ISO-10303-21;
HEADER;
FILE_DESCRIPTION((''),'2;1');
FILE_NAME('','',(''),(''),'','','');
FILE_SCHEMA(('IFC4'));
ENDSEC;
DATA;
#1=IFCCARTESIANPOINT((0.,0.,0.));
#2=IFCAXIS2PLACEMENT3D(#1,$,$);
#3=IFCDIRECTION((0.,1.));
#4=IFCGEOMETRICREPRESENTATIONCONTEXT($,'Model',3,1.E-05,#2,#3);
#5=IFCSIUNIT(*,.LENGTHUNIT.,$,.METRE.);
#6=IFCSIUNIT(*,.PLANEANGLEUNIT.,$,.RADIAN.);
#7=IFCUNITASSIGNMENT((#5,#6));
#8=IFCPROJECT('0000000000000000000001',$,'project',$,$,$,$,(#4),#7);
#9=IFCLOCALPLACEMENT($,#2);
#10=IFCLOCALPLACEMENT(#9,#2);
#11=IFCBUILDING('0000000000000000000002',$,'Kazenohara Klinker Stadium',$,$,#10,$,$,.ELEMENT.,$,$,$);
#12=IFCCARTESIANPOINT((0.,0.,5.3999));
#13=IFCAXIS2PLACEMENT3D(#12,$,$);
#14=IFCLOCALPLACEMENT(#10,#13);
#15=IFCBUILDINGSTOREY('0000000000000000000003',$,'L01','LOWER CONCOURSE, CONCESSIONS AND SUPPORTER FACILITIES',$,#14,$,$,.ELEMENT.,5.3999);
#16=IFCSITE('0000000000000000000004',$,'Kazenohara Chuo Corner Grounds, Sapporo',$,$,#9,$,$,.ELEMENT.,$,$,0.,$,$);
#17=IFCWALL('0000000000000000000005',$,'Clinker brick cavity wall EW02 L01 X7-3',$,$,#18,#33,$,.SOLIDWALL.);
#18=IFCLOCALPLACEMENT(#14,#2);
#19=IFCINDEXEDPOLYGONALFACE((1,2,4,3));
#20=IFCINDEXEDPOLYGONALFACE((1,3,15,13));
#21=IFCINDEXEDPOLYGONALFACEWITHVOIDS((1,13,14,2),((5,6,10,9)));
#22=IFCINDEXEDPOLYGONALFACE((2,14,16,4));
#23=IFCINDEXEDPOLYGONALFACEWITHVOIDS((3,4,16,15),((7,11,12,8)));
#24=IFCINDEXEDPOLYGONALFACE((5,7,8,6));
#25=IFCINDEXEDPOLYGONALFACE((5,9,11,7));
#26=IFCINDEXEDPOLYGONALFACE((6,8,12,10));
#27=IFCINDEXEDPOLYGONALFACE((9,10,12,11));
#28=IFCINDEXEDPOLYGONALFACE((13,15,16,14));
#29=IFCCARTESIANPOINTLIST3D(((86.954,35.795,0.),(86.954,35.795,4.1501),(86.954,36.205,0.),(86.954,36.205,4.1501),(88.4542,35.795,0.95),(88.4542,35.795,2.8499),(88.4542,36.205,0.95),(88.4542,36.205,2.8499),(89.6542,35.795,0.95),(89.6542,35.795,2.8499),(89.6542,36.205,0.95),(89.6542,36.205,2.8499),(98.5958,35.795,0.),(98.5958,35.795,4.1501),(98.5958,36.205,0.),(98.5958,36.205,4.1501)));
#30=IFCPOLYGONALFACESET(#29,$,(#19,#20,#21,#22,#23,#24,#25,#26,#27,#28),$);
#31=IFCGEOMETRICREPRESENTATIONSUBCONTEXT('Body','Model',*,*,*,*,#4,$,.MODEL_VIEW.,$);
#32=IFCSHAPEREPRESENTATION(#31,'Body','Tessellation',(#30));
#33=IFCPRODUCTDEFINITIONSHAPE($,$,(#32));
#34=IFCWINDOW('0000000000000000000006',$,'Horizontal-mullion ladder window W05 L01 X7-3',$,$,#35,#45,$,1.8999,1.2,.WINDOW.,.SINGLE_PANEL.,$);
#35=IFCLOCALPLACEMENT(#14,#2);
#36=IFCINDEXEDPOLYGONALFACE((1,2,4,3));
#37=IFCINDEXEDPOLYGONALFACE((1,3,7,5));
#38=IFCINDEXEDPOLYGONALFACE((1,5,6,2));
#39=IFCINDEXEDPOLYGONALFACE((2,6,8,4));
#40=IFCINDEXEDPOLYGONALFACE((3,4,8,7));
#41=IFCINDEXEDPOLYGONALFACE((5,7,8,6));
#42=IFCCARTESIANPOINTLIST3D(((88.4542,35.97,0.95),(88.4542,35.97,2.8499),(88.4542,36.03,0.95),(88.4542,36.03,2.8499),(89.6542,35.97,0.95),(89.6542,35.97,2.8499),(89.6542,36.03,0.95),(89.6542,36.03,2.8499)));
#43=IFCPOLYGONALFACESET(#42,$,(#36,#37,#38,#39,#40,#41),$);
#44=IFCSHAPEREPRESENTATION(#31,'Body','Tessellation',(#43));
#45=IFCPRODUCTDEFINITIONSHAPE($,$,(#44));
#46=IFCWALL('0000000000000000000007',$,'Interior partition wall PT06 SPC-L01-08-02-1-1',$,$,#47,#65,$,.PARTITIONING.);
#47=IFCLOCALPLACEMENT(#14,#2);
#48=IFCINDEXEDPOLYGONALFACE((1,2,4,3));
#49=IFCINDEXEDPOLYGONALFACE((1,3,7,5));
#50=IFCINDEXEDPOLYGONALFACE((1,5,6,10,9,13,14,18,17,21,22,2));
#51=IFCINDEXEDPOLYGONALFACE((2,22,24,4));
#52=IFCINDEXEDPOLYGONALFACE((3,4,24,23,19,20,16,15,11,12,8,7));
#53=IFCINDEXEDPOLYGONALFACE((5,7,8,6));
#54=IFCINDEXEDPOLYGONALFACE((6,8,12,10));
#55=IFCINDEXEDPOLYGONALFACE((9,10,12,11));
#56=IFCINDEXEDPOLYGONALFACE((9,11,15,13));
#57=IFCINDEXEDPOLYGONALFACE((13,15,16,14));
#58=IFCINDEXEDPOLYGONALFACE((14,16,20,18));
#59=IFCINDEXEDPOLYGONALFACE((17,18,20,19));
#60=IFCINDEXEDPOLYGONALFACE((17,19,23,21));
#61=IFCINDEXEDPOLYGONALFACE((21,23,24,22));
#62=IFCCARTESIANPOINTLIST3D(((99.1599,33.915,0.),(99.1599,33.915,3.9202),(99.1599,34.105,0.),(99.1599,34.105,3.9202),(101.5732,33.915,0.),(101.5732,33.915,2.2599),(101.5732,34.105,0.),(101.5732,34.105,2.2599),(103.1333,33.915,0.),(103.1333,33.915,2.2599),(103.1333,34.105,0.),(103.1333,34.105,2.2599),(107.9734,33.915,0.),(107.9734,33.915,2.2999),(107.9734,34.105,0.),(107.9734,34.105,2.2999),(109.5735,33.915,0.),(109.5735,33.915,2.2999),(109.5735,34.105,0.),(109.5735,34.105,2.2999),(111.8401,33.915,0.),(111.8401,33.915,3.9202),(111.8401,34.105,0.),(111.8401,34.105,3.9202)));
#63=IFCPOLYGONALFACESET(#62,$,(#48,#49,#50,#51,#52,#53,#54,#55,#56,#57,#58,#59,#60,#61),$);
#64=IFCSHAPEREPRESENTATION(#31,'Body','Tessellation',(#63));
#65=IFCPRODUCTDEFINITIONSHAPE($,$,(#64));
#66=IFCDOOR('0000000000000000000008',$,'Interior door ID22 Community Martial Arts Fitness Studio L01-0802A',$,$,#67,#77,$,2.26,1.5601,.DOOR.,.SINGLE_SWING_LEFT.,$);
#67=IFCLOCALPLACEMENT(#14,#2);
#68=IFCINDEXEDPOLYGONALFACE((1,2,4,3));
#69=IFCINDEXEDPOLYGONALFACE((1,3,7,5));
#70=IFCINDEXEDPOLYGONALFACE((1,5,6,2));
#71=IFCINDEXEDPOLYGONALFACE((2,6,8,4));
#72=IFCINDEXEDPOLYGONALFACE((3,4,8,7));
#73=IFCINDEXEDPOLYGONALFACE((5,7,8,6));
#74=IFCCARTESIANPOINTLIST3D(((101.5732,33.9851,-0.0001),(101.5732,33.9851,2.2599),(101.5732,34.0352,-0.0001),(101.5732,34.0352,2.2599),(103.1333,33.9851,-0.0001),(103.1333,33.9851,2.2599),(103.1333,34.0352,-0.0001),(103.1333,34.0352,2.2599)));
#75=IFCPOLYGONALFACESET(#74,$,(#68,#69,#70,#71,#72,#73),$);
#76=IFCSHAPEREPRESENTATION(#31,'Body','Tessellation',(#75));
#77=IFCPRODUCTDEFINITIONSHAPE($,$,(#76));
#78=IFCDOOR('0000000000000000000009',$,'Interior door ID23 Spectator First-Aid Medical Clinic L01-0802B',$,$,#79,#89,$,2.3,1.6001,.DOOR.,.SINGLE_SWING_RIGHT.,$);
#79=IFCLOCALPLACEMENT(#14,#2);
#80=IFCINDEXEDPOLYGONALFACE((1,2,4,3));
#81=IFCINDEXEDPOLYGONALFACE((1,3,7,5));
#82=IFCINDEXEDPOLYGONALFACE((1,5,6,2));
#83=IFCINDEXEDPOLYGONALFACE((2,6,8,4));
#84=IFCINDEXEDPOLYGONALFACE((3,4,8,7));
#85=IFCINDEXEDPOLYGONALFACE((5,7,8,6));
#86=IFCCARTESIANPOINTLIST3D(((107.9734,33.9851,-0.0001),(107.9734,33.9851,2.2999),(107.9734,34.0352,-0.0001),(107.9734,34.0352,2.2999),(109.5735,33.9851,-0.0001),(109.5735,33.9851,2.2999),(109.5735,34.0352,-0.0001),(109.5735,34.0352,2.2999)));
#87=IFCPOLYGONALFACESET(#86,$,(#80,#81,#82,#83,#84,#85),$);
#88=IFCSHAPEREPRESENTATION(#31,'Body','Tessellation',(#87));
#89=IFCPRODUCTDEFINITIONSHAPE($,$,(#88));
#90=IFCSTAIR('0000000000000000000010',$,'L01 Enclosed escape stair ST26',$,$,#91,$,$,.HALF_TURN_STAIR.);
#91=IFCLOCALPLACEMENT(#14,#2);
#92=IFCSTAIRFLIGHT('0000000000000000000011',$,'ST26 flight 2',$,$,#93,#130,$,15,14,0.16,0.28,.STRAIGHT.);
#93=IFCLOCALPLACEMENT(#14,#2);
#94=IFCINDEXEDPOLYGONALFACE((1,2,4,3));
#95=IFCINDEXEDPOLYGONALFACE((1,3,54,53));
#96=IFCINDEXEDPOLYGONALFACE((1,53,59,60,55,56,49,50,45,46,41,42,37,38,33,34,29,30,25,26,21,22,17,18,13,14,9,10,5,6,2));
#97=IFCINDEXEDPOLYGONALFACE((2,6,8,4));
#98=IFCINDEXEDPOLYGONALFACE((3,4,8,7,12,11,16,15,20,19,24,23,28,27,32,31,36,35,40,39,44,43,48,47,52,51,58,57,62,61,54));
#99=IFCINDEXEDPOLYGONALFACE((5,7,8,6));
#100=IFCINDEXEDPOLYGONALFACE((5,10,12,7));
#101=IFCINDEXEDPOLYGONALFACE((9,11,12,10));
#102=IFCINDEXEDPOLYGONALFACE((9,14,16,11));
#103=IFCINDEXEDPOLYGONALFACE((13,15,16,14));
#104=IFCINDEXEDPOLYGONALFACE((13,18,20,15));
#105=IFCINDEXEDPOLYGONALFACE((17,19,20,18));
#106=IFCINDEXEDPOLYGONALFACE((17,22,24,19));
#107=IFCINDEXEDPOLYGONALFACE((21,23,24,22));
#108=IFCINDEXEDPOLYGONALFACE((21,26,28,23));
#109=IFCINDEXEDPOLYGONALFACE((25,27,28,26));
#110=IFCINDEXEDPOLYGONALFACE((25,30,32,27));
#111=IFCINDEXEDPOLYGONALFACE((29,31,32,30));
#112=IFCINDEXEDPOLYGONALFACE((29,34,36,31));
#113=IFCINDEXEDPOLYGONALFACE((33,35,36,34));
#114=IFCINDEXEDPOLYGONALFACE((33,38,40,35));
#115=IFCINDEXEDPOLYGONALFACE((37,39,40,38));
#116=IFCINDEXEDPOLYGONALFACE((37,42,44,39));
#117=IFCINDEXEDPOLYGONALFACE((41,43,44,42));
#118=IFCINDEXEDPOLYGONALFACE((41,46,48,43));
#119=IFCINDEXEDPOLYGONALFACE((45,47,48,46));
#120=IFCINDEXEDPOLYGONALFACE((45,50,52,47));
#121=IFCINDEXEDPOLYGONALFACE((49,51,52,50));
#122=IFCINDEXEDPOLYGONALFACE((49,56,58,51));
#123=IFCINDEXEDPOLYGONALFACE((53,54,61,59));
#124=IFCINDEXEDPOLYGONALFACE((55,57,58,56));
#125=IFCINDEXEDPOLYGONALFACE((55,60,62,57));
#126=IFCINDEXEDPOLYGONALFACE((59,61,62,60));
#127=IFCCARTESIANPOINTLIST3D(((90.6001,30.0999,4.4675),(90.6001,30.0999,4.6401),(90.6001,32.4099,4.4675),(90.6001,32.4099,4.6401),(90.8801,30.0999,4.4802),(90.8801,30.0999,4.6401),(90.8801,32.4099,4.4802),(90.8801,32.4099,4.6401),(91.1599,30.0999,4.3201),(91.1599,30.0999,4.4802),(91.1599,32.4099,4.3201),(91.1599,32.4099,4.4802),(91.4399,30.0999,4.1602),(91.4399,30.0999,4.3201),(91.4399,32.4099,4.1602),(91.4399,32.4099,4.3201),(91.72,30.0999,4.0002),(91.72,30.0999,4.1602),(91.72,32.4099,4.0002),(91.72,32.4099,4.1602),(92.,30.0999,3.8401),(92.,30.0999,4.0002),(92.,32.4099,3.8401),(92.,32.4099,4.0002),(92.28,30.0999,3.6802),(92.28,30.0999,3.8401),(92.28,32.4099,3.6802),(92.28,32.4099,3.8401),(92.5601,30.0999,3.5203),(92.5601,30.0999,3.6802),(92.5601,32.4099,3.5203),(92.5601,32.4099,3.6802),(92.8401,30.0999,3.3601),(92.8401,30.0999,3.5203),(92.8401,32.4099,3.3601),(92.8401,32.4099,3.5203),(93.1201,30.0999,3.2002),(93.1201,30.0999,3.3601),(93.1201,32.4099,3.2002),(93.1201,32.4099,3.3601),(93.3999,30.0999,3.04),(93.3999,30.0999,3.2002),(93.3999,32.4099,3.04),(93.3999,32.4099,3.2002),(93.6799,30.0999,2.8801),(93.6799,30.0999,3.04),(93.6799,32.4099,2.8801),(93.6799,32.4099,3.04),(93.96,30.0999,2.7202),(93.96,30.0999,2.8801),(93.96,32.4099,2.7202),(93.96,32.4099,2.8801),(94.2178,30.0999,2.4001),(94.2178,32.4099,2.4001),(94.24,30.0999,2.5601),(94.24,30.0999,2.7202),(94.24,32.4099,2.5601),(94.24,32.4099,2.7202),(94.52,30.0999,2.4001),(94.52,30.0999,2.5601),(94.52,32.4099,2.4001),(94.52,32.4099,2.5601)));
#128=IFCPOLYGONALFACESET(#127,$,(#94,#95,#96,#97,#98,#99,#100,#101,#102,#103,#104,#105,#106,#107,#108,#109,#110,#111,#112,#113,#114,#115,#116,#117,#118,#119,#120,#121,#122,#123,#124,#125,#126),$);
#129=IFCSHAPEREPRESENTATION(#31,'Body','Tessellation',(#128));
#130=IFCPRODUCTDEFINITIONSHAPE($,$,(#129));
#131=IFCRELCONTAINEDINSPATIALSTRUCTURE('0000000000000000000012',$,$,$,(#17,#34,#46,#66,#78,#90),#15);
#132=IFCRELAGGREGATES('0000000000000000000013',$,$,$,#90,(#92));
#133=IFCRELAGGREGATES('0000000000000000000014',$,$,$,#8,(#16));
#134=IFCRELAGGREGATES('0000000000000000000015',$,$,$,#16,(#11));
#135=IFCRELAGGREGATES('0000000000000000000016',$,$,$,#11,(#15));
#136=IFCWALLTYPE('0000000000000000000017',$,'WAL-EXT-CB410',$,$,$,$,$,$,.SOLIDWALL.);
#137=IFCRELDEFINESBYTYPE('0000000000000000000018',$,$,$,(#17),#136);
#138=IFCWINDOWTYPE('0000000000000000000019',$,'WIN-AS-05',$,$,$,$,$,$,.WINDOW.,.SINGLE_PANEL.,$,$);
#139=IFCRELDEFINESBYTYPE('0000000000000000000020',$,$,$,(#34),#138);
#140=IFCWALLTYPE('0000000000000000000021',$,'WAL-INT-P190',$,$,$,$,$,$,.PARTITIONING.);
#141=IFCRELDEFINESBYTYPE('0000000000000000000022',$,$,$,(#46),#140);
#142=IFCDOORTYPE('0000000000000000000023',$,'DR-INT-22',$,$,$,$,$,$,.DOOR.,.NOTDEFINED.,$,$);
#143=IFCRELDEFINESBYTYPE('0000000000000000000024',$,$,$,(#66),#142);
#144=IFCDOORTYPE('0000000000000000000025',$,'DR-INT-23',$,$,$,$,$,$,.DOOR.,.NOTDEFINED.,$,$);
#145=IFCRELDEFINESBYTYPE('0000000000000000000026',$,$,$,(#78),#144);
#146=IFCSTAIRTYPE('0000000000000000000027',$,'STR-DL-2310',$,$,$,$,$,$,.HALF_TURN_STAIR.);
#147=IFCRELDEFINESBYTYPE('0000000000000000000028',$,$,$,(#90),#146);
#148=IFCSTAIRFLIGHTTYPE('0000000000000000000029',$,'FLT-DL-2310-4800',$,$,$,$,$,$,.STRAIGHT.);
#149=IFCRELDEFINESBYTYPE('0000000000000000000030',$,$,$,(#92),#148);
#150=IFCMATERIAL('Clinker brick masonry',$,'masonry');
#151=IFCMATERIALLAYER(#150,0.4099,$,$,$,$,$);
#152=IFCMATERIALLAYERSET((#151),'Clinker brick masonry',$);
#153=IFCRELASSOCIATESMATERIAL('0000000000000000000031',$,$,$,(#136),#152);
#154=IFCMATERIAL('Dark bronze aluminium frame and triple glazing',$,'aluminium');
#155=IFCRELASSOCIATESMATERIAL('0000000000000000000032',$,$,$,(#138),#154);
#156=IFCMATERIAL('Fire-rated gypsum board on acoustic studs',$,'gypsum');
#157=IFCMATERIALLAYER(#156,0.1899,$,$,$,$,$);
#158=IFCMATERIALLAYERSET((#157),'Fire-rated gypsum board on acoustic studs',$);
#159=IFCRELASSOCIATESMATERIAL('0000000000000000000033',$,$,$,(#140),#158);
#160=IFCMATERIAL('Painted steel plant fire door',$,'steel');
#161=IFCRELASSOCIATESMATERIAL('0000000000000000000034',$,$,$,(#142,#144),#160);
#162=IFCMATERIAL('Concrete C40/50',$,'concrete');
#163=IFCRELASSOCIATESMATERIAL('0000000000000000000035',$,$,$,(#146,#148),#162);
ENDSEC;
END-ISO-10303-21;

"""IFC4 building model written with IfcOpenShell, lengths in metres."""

from ifc_helpers import new_model, si_unit, direction, frame, frame_2d, origin, place, context, subcontext, project, spatial, polyline, rectangle, outline, extrude, material, layer, layer_set, type_object, element, fill, aggregate, save


model = new_model("IFC4")

# Units and contexts
model_context = context("Model", 3, precision=1e-05, world=origin(), true_north=direction((0.0, 1.0)))
body_context = subcontext(model_context, "Body", "Model", "MODEL_VIEW")
ifc_project = project(units=[si_unit("LENGTHUNIT", "METRE"), si_unit("PLANEANGLEUNIT", "RADIAN")], contexts=[model_context])

# Site, building, storey
site_placement = place(None, origin())
site = spatial("IfcSite", under=ifc_project, at=site_placement, Name="Kazenohara Chuo Corner Grounds, Sapporo", CompositionType="ELEMENT", RefElevation=0.0)
building_placement = place(site_placement, origin())
building = spatial("IfcBuilding", under=site, at=building_placement, Name="Kazenohara Klinker Stadium", CompositionType="ELEMENT")
storey_placement = place(building_placement, frame((0.0, 0.0, 5.3999)))
storey = spatial("IfcBuildingStorey", under=building, at=storey_placement, Name="L01", Description="LOWER CONCOURSE, CONCESSIONS AND SUPPORTER FACILITIES", CompositionType="ELEMENT", Elevation=5.3999)

# Shared definitions
ifc_material_1 = material(Name="Concrete C40/50", Category="concrete")

# Wall, opening, window
ifc_material_2 = material(Name="Clinker brick masonry", Category="masonry")
ifc_material_3 = material(Name="Dark bronze aluminium frame and triple glazing", Category="aluminium")
ifc_layer_1 = layer(ifc_material_2, 0.4099)
ifc_layer_set_1 = layer_set([ifc_layer_1], Name="Clinker brick masonry")
wall_type_1 = type_object("IfcWallType", Name="WAL-EXT-CB410", PredefinedType="SOLIDWALL", material=ifc_layer_set_1)
wall_1_placement = place(storey_placement, frame((86.9541, 36.0, 0.0), z_axis=(0.0, 0.0, 1.0), x_axis=(1.0, 0.0, 0.0)))
wall_1 = element("IfcWall", 1, at=wall_1_placement, inside=storey, type_object=wall_type_1, Name="Clinker brick cavity wall EW02 L01 X7-3", PredefinedType="SOLIDWALL", context=body_context, shape_type="SweptSolid", body=[
    extrude(rectangle(XDim=11.6418, YDim=0.4099, at=frame_2d((5.8208, 0.0))), origin(), (0.0, 0.0, 1.0), 4.1501),
])
opening_1_placement = place(wall_1_placement, frame((1.5, 0.0, 0.95)))
opening_1 = element("IfcOpeningElement", 2, at=opening_1_placement, cuts=wall_1, PredefinedType="OPENING", context=body_context, shape_type="SweptSolid", body=[
    extrude(rectangle(XDim=1.2, YDim=1.8999, at=frame_2d((0.6001, 0.95))), frame((0.0, 0.2148, 0.0), z_axis=(0.0, -1.0, 0.0), x_axis=(1.0, 0.0, 0.0)), (0.0, 0.0, 1.0), 0.4299),
])
window_type_1 = type_object("IfcWindowType", Name="WIN-AS-05", PartitioningType="SINGLE_PANEL", PredefinedType="WINDOW", material=ifc_material_3)
window_1_placement = place(opening_1_placement, origin())
window_1 = element("IfcWindow", 3, at=window_1_placement, inside=storey, type_object=window_type_1, Name="Horizontal-mullion ladder window W05 L01 X7-3", OverallHeight=1.8999, OverallWidth=1.2, PartitioningType="SINGLE_PANEL", PredefinedType="WINDOW", context=body_context, shape_type="SweptSolid", body=[
    extrude(rectangle(XDim=1.2, YDim=1.8999, at=frame_2d((0.6001, 0.95))), frame((0.0, 0.03, 0.0), z_axis=(0.0, -1.0, 0.0), x_axis=(1.0, 0.0, 0.0)), (0.0, 0.0, 1.0), 0.0601),
])
fill(opening_1, window_1)

# Wall, openings, doors
ifc_material_4 = material(Name="Fire-rated gypsum board on acoustic studs", Category="gypsum")
ifc_layer_2 = layer(ifc_material_4, 0.1899)
ifc_layer_set_2 = layer_set([ifc_layer_2], Name="Fire-rated gypsum board on acoustic studs")
wall_type_2 = type_object("IfcWallType", Name="WAL-INT-P190", PredefinedType="PARTITIONING", material=ifc_layer_set_2)
wall_2_placement = place(storey_placement, frame((99.1599, 34.01, 0.0), z_axis=(0.0, 0.0, 1.0), x_axis=(1.0, 0.0, 0.0)))
wall_2 = element("IfcWall", 4, at=wall_2_placement, inside=storey, type_object=wall_type_2, Name="Interior partition wall PT06 SPC-L01-08-02-1-1", PredefinedType="PARTITIONING", context=body_context, shape_type="SweptSolid", body=[
    extrude(rectangle(XDim=12.6802, YDim=0.1899, at=frame_2d((6.3401, 0.0))), origin(), (0.0, 0.0, 1.0), 3.9202),
])
opening_2_placement = place(wall_2_placement, frame((3.9734, 0.0, 0.0), z_axis=(0.0, 0.0, 1.0), x_axis=(-1.0, 0.0, 0.0)))
opening_2 = element("IfcOpeningElement", 5, at=opening_2_placement, cuts=wall_2, PredefinedType="OPENING", context=body_context, shape_type="SweptSolid", body=[
    extrude(rectangle(XDim=1.5601, YDim=2.26, at=frame_2d((0.78, 1.1299))), frame((0.0, 0.105, 0.0), z_axis=(0.0, -1.0, 0.0), x_axis=(1.0, 0.0, 0.0)), (0.0, 0.0, 1.0), 0.21),
])
opening_3_placement = place(wall_2_placement, frame((10.4136, 0.0, 0.0), z_axis=(0.0, 0.0, 1.0), x_axis=(-1.0, 0.0, 0.0)))
opening_3 = element("IfcOpeningElement", 6, at=opening_3_placement, cuts=wall_2, PredefinedType="OPENING", context=body_context, shape_type="SweptSolid", body=[
    extrude(rectangle(XDim=1.6001, YDim=2.3, at=frame_2d((0.8, 1.1499))), frame((0.0, 0.105, 0.0), z_axis=(0.0, -1.0, 0.0), x_axis=(1.0, 0.0, 0.0)), (0.0, 0.0, 1.0), 0.21),
])
ifc_material_5 = material(Name="Painted steel plant fire door", Category="steel")
door_type_1 = type_object("IfcDoorType", Name="DR-INT-22", OperationType="NOTDEFINED", PredefinedType="DOOR", material=ifc_material_5)
door_1_placement = place(opening_2_placement, origin())
door_1 = element("IfcDoor", 7, at=door_1_placement, inside=storey, type_object=door_type_1, Name="Interior door ID22 Community Martial Arts Fitness Studio L01-0802A", OperationType="SINGLE_SWING_LEFT", OverallHeight=2.26, OverallWidth=1.5601, PredefinedType="DOOR", context=body_context, shape_type="SweptSolid", body=[
    extrude(rectangle(XDim=1.5601, YDim=2.26, at=frame_2d((0.78, 1.1299))), frame((0.0, 0.0249, 0.0), z_axis=(0.0, -1.0, 0.0), x_axis=(1.0, 0.0, 0.0)), (0.0, 0.0, 1.0), 0.05),
])
fill(opening_2, door_1)
door_type_2 = type_object("IfcDoorType", Name="DR-INT-23", OperationType="NOTDEFINED", PredefinedType="DOOR", material=ifc_material_5)
door_2_placement = place(opening_3_placement, origin())
door_2 = element("IfcDoor", 8, at=door_2_placement, inside=storey, type_object=door_type_2, Name="Interior door ID23 Spectator First-Aid Medical Clinic L01-0802B", OperationType="SINGLE_SWING_RIGHT", OverallHeight=2.3, OverallWidth=1.6001, PredefinedType="DOOR", context=body_context, shape_type="SweptSolid", body=[
    extrude(rectangle(XDim=1.6001, YDim=2.3, at=frame_2d((0.8, 1.1499))), frame((0.0, 0.0249, 0.0), z_axis=(0.0, -1.0, 0.0), x_axis=(1.0, 0.0, 0.0)), (0.0, 0.0, 1.0), 0.05),
])
fill(opening_3, door_2)

# Stair, stair flight
stair_type = type_object("IfcStairType", Name="STR-DL-2310", PredefinedType="HALF_TURN_STAIR", material=ifc_material_1)
stair_placement = place(storey_placement, origin())
stair = element("IfcStair", 9, at=stair_placement, inside=storey, type_object=stair_type, Name="L01 Enclosed escape stair ST26", PredefinedType="HALF_TURN_STAIR")
stair_flight_type = type_object("IfcStairFlightType", Name="FLT-DL-2310-4800", PredefinedType="STRAIGHT", material=ifc_material_1)
stair_flight_placement = place(storey_placement, frame((94.52, 31.2549, 2.4001), z_axis=(0.0, 0.0, 1.0), x_axis=(-1.0, 0.0, 0.0)))
stair_flight = element("IfcStairFlight", 10, at=stair_flight_placement, type_object=stair_flight_type, Name="ST26 flight 2", NumberOfRisers=15, NumberOfTreads=14, PredefinedType="STRAIGHT", RiserHeight=0.16, TreadLength=0.28, context=body_context, shape_type="SweptSolid", body=[
    extrude(outline(polyline([(0.0, 0.0), (0.0, 0.1599), (0.28, 0.1599), (0.28, 0.3201), (0.5601, 0.3201), (0.5601, 0.48), (0.8401, 0.48), (0.8401, 0.6399), (1.1201, 0.6399), (1.1201, 0.8), (1.3999, 0.8), (1.3999, 0.96), (1.6799, 0.96), (1.6799, 1.1201), (1.96, 1.1201), (1.96, 1.28), (2.24, 1.28), (2.24, 1.4399), (2.52, 1.4399), (2.52, 1.6001), (2.8, 1.6001), (2.8, 1.76), (3.0801, 1.76), (3.0801, 1.9199), (3.3601, 1.9199), (3.3601, 2.0801), (3.6399, 2.0801), (3.6399, 2.24), (3.9199, 2.24), (3.9199, 2.3999), (3.9199, 2.0674), (0.3022, 0.0), (0.0, 0.0)])), frame((0.0, 1.155, 0.0), z_axis=(0.0, -1.0, 0.0), x_axis=(1.0, 0.0, 0.0)), (0.0, 0.0, 1.0), 2.3101),
])
aggregate(stair, [stair_flight])

save(model, "model.ifc")
